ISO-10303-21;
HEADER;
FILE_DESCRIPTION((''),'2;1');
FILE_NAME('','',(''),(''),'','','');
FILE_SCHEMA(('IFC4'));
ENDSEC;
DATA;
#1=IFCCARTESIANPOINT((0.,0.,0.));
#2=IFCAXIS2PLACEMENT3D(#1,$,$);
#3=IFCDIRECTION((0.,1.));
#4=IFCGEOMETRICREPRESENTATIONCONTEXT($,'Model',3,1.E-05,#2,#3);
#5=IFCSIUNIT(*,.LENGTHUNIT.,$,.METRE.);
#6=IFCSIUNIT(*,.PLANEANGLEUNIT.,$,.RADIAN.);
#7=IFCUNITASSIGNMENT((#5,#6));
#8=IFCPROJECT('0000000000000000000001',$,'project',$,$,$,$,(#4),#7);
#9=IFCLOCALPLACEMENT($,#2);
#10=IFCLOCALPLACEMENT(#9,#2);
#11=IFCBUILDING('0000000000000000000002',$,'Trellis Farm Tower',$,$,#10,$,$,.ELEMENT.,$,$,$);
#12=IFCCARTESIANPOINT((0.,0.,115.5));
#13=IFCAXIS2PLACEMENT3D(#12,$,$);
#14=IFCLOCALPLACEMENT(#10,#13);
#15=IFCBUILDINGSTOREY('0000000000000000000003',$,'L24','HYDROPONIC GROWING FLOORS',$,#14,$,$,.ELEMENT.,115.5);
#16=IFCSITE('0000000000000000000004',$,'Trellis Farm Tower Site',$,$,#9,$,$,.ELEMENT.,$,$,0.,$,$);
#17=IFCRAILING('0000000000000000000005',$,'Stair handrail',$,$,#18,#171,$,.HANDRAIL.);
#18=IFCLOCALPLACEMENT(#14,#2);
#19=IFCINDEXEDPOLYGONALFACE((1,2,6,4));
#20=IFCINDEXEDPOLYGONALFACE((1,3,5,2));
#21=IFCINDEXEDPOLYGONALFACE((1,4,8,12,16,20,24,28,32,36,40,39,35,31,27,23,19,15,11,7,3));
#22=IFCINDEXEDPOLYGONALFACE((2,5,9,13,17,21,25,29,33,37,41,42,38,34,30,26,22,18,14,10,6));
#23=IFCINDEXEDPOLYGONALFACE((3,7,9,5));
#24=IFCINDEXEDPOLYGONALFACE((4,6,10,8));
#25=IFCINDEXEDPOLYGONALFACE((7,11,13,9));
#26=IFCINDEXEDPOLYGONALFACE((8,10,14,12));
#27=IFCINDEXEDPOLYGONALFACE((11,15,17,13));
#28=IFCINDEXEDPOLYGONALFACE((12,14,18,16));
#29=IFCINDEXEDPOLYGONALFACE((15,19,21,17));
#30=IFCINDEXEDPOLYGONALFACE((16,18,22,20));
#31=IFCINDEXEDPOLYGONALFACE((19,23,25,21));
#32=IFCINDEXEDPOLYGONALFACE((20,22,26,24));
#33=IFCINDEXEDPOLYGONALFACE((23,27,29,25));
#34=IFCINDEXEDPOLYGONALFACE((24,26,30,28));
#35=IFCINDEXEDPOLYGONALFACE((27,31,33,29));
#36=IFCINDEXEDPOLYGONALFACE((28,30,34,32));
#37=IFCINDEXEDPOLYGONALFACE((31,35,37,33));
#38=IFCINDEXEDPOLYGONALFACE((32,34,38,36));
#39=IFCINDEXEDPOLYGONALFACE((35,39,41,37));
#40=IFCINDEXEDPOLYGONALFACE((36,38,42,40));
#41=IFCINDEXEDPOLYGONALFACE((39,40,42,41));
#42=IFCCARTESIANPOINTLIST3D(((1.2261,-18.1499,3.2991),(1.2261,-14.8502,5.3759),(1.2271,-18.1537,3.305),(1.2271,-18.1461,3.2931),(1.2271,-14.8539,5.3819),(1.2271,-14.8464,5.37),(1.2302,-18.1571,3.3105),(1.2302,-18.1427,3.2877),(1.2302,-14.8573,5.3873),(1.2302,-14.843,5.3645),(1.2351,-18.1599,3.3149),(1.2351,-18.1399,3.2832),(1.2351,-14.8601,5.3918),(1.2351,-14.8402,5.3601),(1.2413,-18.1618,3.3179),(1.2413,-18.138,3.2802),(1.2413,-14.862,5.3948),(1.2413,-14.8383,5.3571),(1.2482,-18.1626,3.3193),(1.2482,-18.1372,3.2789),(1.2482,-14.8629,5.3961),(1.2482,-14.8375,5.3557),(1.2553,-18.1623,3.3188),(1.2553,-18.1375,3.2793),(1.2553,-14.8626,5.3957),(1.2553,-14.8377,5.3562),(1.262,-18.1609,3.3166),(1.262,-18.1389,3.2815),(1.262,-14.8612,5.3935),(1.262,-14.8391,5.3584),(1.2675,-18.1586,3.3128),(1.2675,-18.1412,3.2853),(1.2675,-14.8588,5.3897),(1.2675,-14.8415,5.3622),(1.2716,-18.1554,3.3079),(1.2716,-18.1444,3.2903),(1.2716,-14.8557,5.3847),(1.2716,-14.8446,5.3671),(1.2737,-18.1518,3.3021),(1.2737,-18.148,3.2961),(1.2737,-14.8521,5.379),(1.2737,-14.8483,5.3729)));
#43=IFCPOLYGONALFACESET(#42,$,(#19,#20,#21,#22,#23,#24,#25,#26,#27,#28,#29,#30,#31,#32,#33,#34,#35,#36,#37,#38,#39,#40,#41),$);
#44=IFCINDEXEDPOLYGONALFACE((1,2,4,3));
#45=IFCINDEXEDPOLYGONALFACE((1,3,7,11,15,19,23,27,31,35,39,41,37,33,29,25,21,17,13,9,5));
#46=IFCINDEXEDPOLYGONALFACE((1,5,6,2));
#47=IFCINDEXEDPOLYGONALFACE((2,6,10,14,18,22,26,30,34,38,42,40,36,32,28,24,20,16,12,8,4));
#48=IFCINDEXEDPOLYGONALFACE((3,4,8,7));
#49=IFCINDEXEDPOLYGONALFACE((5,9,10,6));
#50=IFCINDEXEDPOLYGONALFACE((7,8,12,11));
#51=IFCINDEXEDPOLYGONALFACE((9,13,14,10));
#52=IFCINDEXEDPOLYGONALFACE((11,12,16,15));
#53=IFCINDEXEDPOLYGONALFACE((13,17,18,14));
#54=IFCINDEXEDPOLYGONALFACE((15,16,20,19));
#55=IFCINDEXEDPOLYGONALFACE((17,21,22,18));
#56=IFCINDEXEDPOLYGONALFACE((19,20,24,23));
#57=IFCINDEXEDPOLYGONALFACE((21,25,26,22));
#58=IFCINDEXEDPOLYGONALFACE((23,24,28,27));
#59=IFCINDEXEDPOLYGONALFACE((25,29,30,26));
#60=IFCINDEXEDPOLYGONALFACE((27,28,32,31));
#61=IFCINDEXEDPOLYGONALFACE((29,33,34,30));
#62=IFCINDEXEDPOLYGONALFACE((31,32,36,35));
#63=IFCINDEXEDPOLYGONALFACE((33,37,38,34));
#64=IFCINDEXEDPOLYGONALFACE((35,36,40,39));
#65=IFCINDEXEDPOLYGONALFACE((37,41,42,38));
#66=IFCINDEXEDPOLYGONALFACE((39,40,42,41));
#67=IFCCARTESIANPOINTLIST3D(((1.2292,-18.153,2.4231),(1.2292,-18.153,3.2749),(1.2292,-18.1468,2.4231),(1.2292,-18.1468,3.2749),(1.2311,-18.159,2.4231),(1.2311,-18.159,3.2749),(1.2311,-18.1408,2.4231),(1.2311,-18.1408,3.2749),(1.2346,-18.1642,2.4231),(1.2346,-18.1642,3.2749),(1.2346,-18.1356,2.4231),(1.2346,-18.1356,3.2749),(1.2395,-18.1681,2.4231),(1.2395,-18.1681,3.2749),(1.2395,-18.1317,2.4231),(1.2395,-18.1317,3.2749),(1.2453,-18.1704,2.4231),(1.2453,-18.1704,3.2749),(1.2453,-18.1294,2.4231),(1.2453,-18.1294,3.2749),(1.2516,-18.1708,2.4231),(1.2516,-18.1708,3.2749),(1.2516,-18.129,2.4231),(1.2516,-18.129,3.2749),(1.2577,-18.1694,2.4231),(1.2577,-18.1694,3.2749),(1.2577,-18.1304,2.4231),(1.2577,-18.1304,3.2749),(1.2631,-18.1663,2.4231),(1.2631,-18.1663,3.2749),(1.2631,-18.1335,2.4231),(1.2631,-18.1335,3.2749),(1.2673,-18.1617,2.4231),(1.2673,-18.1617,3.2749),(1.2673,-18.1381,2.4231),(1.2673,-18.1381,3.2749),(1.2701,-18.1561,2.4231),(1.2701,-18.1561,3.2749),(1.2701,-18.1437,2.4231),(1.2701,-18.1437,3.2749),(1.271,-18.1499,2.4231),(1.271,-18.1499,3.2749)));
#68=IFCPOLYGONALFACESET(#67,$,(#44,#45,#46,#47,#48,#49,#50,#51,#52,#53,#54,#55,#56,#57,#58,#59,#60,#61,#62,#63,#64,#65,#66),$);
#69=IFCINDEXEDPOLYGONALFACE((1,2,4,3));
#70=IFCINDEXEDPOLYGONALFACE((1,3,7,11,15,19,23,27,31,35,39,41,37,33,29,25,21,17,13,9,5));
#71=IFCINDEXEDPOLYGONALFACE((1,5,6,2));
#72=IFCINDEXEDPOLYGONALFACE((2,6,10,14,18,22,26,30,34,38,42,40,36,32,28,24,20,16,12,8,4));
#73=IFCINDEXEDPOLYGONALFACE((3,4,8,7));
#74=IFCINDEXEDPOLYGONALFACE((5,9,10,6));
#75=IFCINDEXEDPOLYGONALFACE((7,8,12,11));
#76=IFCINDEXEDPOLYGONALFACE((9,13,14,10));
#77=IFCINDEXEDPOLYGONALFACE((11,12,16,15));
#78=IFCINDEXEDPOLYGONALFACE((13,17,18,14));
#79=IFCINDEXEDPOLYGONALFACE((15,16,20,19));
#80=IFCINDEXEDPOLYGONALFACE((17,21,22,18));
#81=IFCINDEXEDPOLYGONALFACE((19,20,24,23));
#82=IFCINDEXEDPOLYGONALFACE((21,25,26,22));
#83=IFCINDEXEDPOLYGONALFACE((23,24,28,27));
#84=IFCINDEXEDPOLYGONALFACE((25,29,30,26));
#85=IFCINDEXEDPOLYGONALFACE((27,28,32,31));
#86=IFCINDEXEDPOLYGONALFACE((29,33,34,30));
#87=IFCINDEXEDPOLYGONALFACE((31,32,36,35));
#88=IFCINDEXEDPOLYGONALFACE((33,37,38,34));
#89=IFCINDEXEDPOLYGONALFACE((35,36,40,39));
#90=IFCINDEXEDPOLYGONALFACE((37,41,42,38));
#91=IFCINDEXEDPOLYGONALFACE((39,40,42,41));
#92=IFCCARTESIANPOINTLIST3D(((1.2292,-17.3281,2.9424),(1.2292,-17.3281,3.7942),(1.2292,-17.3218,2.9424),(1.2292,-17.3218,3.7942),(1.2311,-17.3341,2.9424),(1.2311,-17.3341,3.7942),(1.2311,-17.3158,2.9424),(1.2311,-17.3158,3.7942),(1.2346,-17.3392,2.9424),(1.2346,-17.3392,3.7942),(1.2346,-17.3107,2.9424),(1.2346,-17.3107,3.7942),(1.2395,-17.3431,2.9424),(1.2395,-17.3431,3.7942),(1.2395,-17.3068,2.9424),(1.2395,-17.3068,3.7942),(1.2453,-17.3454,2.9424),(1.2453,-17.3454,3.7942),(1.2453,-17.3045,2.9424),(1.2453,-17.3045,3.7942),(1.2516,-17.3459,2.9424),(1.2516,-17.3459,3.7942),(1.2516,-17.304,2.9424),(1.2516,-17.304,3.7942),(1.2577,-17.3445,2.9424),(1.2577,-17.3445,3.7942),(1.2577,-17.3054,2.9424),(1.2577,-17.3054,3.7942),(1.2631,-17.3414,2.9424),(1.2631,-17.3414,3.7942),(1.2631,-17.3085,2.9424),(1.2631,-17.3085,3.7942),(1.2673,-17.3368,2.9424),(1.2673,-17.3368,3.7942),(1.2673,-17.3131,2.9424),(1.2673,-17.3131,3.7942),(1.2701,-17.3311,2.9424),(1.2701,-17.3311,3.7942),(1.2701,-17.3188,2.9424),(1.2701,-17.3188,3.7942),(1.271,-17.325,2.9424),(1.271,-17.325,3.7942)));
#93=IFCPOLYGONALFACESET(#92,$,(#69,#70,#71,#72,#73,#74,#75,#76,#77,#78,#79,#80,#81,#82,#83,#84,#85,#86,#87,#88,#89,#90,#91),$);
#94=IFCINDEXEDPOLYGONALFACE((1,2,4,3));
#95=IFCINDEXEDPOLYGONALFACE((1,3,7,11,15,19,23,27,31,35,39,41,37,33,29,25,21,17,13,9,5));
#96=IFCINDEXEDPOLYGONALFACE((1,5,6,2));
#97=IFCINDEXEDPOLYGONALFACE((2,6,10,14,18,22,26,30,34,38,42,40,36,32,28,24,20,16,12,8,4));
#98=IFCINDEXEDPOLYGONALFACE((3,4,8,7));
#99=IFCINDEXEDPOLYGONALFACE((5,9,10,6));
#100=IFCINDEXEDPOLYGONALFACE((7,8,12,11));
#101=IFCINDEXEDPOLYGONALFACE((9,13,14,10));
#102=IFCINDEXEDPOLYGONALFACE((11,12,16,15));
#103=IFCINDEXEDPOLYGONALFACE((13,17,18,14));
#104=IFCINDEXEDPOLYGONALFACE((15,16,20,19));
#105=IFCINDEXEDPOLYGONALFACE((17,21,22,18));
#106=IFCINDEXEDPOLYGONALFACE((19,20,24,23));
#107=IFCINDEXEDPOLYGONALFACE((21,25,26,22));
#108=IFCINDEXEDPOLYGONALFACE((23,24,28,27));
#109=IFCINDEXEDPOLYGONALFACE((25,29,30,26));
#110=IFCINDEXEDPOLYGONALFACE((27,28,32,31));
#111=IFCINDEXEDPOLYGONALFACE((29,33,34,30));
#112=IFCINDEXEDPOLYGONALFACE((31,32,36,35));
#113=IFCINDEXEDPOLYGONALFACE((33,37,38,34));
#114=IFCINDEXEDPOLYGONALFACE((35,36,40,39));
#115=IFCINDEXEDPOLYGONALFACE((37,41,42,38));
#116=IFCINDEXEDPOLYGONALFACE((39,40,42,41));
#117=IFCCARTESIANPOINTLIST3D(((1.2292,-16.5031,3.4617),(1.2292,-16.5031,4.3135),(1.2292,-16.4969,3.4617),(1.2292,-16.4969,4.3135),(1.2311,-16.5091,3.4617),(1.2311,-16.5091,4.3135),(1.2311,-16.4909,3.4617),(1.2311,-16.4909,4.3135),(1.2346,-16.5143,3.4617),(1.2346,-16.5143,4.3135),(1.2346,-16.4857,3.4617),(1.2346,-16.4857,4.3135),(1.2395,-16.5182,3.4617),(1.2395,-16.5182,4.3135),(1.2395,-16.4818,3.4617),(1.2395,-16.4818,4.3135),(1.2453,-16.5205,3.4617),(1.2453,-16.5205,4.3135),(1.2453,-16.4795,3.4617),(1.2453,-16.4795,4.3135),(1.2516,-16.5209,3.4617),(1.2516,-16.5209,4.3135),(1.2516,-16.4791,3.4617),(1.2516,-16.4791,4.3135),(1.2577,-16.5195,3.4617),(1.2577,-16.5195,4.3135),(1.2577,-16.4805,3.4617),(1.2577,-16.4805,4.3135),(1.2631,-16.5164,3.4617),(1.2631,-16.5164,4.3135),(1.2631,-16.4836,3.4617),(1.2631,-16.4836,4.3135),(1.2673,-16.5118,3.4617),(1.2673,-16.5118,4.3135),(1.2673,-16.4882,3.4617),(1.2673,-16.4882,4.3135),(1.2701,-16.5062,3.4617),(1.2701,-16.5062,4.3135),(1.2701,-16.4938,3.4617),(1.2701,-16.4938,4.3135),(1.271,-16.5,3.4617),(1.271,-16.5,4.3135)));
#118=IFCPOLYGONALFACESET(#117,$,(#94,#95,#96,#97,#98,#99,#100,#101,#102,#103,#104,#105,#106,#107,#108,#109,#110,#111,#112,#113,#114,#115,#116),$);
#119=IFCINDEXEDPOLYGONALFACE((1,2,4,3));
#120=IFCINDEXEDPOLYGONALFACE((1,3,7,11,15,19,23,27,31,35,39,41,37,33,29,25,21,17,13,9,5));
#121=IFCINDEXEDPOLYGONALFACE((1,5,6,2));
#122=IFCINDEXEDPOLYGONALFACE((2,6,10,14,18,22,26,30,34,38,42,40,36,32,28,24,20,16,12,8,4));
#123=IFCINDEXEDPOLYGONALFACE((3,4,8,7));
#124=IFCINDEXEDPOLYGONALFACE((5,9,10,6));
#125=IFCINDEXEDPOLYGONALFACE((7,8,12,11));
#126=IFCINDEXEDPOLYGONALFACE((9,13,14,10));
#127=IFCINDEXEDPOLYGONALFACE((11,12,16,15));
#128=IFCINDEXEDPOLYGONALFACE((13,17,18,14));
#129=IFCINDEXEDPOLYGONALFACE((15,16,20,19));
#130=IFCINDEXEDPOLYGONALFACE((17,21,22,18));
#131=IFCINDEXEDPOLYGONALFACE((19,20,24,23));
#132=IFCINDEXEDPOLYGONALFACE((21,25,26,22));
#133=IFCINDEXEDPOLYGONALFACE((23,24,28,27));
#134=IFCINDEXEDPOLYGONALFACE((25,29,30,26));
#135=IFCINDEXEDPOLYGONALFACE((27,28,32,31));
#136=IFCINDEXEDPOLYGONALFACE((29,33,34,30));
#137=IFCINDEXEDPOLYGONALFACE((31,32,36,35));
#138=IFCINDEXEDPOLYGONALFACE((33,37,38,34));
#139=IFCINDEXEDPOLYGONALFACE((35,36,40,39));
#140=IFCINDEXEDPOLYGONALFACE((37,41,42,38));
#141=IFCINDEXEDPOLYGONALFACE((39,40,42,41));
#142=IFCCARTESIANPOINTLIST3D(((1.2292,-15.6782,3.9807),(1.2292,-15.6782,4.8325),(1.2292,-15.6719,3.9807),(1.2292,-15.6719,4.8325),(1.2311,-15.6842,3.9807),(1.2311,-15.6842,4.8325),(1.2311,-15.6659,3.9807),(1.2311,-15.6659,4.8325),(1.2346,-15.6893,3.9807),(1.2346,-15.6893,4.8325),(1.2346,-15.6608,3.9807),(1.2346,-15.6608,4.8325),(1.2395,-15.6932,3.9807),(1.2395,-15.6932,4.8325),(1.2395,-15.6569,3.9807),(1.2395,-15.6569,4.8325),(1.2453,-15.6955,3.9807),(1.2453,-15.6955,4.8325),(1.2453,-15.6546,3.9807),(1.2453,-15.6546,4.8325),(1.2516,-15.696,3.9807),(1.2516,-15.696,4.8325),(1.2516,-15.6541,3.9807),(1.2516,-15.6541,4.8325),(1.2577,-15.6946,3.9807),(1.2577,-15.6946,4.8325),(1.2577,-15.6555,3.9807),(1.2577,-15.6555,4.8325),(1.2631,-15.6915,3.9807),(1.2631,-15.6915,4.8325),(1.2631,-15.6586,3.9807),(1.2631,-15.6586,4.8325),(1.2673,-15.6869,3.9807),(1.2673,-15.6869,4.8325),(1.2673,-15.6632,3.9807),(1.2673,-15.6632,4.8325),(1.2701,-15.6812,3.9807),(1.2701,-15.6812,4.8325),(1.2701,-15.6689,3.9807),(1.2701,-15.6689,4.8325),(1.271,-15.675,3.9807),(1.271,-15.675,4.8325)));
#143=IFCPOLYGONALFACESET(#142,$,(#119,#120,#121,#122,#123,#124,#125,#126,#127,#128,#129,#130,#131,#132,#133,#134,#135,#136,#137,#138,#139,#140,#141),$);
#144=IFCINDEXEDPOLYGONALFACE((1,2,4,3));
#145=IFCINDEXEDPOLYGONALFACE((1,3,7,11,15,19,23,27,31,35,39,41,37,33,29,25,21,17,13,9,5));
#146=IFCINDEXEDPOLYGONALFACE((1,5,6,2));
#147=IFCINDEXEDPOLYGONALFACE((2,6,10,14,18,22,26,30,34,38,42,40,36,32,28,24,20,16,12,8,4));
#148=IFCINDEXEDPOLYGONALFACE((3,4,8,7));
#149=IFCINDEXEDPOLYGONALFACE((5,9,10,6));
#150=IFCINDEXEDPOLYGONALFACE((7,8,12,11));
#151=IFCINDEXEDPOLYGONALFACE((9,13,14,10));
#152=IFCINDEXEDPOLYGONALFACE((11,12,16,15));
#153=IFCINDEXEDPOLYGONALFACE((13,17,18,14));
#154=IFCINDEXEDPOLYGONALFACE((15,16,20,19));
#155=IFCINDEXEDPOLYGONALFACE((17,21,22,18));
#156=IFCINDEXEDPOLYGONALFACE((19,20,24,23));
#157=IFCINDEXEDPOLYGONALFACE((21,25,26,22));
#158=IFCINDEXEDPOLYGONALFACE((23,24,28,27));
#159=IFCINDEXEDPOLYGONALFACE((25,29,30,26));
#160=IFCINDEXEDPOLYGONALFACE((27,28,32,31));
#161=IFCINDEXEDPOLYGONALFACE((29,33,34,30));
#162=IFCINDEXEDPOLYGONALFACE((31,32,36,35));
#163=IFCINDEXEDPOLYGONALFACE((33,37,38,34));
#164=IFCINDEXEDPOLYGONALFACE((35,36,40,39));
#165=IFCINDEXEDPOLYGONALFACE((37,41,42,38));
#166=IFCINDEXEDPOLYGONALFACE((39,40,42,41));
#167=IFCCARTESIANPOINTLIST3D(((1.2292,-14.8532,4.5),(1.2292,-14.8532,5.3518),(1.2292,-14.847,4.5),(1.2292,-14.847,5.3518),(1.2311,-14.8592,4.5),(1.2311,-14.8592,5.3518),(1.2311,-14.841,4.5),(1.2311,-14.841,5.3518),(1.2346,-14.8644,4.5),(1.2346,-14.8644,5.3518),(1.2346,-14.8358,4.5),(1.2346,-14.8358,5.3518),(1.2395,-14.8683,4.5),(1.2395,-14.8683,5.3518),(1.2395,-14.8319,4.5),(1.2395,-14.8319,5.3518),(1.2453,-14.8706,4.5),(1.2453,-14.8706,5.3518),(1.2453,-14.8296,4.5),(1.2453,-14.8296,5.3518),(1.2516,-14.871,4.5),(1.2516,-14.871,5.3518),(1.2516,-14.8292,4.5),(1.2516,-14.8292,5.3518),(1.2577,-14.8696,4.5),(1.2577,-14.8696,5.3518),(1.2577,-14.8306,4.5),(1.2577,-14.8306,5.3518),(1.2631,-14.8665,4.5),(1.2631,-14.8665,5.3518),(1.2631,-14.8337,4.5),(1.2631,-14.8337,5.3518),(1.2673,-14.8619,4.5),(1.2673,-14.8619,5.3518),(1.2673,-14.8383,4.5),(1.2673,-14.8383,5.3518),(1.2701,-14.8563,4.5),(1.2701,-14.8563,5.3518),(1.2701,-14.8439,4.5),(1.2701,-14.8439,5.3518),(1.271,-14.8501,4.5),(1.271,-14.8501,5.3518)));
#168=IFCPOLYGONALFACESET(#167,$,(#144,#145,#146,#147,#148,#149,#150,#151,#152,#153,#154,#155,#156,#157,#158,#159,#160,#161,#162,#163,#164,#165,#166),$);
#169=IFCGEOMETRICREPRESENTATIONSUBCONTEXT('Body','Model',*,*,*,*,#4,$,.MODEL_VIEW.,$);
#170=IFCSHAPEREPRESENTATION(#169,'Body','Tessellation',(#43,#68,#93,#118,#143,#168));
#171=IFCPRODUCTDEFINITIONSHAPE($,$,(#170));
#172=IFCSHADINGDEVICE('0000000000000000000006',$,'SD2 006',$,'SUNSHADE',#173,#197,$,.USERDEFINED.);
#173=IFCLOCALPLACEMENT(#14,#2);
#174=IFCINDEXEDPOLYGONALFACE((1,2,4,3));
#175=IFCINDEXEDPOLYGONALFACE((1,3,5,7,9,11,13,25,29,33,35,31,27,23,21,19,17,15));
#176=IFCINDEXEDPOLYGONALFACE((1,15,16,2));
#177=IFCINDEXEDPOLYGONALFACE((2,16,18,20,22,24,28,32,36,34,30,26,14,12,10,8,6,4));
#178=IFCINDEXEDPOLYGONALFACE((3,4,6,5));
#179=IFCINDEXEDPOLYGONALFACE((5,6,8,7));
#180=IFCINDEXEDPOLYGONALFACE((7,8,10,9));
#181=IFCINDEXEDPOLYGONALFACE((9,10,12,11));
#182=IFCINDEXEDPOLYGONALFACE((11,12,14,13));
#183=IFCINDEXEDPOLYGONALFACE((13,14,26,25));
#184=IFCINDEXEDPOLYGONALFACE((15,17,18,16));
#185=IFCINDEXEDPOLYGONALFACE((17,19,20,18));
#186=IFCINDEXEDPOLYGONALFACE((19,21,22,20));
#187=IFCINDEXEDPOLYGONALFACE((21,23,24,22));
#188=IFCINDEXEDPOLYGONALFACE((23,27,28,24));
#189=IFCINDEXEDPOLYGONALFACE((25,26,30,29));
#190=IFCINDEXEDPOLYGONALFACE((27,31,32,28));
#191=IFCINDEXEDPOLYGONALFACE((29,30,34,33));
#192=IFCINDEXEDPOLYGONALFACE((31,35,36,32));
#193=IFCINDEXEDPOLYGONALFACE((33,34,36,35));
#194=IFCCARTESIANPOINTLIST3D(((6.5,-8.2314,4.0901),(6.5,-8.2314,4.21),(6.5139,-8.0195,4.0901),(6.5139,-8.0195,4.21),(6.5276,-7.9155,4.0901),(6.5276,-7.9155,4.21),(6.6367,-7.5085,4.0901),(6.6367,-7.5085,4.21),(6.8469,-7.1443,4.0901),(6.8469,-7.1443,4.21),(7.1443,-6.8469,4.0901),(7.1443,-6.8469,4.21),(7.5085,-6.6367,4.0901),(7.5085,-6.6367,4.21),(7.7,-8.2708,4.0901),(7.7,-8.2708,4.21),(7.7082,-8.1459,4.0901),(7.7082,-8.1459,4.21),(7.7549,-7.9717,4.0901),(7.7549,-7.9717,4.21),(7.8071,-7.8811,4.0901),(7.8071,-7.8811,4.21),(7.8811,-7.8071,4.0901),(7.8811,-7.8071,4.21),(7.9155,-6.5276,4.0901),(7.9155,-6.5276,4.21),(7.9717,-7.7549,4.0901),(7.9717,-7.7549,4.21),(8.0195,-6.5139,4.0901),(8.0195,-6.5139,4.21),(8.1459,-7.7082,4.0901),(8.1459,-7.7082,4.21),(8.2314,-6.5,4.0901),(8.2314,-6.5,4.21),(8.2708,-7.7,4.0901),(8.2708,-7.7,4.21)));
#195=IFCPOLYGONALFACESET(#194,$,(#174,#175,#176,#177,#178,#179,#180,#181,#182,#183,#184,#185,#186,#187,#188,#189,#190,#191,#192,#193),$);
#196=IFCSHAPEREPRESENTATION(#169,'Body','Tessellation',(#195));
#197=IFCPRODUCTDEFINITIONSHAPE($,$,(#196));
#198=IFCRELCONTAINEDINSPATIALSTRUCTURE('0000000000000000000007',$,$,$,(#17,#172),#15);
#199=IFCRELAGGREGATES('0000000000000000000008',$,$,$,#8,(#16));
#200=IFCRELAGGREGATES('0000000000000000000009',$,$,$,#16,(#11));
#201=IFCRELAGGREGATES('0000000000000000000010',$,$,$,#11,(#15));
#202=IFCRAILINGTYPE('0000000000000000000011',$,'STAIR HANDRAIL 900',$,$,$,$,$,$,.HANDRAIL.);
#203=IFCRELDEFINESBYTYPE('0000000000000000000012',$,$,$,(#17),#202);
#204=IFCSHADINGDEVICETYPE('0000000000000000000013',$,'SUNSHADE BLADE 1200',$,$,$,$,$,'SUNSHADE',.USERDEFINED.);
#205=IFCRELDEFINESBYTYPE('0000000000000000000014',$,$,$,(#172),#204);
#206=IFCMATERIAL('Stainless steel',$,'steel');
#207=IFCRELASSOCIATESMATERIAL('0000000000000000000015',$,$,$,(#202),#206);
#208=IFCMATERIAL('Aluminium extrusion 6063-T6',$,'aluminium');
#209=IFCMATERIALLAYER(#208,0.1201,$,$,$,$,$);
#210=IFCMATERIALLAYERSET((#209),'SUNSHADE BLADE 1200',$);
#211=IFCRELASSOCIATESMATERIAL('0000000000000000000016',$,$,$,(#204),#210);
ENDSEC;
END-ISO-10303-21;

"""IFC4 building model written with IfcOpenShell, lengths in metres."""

from ifc_helpers import new_model, si_unit, direction, frame, origin, origin_2d, place, context, subcontext, project, spatial, polyline, circle, outline, extrude, source, transform, mapped, material, layer, layer_set, type_object, element, save


model = new_model("IFC4")

# Units and contexts
model_context = context("Model", 3, precision=1e-05, world=origin(), true_north=direction((0.0, 1.0)))
body_context = subcontext(model_context, "Body", "Model", "MODEL_VIEW")
ifc_project = project(units=[si_unit("LENGTHUNIT", "METRE"), si_unit("PLANEANGLEUNIT", "RADIAN")], contexts=[model_context])

# Site, building, storey
site_placement = place(None, origin())
site = spatial("IfcSite", under=ifc_project, at=site_placement, Name="Trellis Farm Tower Site", CompositionType="ELEMENT", RefElevation=0.0)
building_placement = place(site_placement, origin())
building = spatial("IfcBuilding", under=site, at=building_placement, Name="Trellis Farm Tower", CompositionType="ELEMENT")
storey_placement = place(building_placement, frame((0.0, 0.0, 115.5)))
storey = spatial("IfcBuildingStorey", under=building, at=storey_placement, Name="L24", Description="HYDROPONIC GROWING FLOORS", CompositionType="ELEMENT", Elevation=115.5)

# Shared definitions
ifc_material_1 = material(Name="Aluminium extrusion 6063-T6", Category="aluminium")

# Railing
ifc_material_2 = material(Name="Stainless steel", Category="steel")
railing_type = type_object("IfcRailingType", Name="STAIR HANDRAIL 900", PredefinedType="HANDRAIL", material=ifc_material_2)
shared_shape_1 = source(origin(), body_context, "Body", "SweptSolid", [
    extrude(circle(Radius=0.0239, at=origin_2d()), frame((0.0, 0.0, 0.876), z_axis=(0.0, 0.84632, 0.532675), x_axis=(-1.0, 0.0, 0.0)), (0.0, 0.0, 1.0), 3.8989),
    extrude(circle(Radius=0.021, at=origin_2d()), origin(), (0.0, 0.0, 1.0), 0.8518),
    extrude(circle(Radius=0.021, at=origin_2d()), frame((0.0, 0.825, 0.5193)), (0.0, 0.0, 1.0), 0.8518),
    extrude(circle(Radius=0.021, at=origin_2d()), frame((0.0, 1.6499, 1.0386)), (0.0, 0.0, 1.0), 0.8518),
    extrude(circle(Radius=0.021, at=origin_2d()), frame((0.0, 2.4749, 1.5576)), (0.0, 0.0, 1.0), 0.8518),
    extrude(circle(Radius=0.021, at=origin_2d()), frame((0.0, 3.2998, 2.0769)), (0.0, 0.0, 1.0), 0.8518),
])
railing_placement = place(storey_placement, frame((1.25, -18.1499, 2.4231)))
element("IfcRailing", 1, at=railing_placement, inside=storey, type_object=railing_type, Name="Stair handrail", PredefinedType="HANDRAIL", context=body_context, shape_type="MappedRepresentation", body=[
    mapped(shared_shape_1, transform((0.0, 0.0, 0.0))),
])

# Shading device
ifc_layer_1 = layer(ifc_material_1, 0.1201)
ifc_layer_set_1 = layer_set([ifc_layer_1], Name="SUNSHADE BLADE 1200")
shading_device_type_1 = type_object("IfcShadingDeviceType", Name="SUNSHADE BLADE 1200", ElementType="SUNSHADE", PredefinedType="USERDEFINED", material=ifc_layer_set_1)
shared_shape_2 = source(origin(), body_context, "Body", "SweptSolid", [
    extrude(outline(polyline([(7.7, -8.2708), (7.7087, -8.1372), (7.707, -8.1501), (7.7549, -7.9717), (7.8071, -7.8811), (7.8811, -7.8071), (7.9717, -7.7549), (8.1501, -7.707), (8.1372, -7.7087), (8.2708, -7.7), (8.2314, -6.5), (8.0195, -6.5139), (7.9155, -6.5276), (7.5085, -6.6367), (7.1443, -6.8469), (6.8469, -7.1443), (6.6367, -7.5085), (6.5276, -7.9155), (6.5139, -8.0195), (6.5, -8.2314), (7.7, -8.2708)])), origin(), (0.0, 0.0, 1.0), 0.1199),
])
placement_1 = place(storey_placement, frame((0.0, 0.0, 4.0901)))
element("IfcShadingDevice", 2, at=placement_1, inside=storey, type_object=shading_device_type_1, Name="SD2 006", ObjectType="SUNSHADE", PredefinedType="USERDEFINED", context=body_context, shape_type="MappedRepresentation", body=[
    mapped(shared_shape_2, transform((0.0, 0.0, 0.0))),
])

save(model, "model.ifc")
